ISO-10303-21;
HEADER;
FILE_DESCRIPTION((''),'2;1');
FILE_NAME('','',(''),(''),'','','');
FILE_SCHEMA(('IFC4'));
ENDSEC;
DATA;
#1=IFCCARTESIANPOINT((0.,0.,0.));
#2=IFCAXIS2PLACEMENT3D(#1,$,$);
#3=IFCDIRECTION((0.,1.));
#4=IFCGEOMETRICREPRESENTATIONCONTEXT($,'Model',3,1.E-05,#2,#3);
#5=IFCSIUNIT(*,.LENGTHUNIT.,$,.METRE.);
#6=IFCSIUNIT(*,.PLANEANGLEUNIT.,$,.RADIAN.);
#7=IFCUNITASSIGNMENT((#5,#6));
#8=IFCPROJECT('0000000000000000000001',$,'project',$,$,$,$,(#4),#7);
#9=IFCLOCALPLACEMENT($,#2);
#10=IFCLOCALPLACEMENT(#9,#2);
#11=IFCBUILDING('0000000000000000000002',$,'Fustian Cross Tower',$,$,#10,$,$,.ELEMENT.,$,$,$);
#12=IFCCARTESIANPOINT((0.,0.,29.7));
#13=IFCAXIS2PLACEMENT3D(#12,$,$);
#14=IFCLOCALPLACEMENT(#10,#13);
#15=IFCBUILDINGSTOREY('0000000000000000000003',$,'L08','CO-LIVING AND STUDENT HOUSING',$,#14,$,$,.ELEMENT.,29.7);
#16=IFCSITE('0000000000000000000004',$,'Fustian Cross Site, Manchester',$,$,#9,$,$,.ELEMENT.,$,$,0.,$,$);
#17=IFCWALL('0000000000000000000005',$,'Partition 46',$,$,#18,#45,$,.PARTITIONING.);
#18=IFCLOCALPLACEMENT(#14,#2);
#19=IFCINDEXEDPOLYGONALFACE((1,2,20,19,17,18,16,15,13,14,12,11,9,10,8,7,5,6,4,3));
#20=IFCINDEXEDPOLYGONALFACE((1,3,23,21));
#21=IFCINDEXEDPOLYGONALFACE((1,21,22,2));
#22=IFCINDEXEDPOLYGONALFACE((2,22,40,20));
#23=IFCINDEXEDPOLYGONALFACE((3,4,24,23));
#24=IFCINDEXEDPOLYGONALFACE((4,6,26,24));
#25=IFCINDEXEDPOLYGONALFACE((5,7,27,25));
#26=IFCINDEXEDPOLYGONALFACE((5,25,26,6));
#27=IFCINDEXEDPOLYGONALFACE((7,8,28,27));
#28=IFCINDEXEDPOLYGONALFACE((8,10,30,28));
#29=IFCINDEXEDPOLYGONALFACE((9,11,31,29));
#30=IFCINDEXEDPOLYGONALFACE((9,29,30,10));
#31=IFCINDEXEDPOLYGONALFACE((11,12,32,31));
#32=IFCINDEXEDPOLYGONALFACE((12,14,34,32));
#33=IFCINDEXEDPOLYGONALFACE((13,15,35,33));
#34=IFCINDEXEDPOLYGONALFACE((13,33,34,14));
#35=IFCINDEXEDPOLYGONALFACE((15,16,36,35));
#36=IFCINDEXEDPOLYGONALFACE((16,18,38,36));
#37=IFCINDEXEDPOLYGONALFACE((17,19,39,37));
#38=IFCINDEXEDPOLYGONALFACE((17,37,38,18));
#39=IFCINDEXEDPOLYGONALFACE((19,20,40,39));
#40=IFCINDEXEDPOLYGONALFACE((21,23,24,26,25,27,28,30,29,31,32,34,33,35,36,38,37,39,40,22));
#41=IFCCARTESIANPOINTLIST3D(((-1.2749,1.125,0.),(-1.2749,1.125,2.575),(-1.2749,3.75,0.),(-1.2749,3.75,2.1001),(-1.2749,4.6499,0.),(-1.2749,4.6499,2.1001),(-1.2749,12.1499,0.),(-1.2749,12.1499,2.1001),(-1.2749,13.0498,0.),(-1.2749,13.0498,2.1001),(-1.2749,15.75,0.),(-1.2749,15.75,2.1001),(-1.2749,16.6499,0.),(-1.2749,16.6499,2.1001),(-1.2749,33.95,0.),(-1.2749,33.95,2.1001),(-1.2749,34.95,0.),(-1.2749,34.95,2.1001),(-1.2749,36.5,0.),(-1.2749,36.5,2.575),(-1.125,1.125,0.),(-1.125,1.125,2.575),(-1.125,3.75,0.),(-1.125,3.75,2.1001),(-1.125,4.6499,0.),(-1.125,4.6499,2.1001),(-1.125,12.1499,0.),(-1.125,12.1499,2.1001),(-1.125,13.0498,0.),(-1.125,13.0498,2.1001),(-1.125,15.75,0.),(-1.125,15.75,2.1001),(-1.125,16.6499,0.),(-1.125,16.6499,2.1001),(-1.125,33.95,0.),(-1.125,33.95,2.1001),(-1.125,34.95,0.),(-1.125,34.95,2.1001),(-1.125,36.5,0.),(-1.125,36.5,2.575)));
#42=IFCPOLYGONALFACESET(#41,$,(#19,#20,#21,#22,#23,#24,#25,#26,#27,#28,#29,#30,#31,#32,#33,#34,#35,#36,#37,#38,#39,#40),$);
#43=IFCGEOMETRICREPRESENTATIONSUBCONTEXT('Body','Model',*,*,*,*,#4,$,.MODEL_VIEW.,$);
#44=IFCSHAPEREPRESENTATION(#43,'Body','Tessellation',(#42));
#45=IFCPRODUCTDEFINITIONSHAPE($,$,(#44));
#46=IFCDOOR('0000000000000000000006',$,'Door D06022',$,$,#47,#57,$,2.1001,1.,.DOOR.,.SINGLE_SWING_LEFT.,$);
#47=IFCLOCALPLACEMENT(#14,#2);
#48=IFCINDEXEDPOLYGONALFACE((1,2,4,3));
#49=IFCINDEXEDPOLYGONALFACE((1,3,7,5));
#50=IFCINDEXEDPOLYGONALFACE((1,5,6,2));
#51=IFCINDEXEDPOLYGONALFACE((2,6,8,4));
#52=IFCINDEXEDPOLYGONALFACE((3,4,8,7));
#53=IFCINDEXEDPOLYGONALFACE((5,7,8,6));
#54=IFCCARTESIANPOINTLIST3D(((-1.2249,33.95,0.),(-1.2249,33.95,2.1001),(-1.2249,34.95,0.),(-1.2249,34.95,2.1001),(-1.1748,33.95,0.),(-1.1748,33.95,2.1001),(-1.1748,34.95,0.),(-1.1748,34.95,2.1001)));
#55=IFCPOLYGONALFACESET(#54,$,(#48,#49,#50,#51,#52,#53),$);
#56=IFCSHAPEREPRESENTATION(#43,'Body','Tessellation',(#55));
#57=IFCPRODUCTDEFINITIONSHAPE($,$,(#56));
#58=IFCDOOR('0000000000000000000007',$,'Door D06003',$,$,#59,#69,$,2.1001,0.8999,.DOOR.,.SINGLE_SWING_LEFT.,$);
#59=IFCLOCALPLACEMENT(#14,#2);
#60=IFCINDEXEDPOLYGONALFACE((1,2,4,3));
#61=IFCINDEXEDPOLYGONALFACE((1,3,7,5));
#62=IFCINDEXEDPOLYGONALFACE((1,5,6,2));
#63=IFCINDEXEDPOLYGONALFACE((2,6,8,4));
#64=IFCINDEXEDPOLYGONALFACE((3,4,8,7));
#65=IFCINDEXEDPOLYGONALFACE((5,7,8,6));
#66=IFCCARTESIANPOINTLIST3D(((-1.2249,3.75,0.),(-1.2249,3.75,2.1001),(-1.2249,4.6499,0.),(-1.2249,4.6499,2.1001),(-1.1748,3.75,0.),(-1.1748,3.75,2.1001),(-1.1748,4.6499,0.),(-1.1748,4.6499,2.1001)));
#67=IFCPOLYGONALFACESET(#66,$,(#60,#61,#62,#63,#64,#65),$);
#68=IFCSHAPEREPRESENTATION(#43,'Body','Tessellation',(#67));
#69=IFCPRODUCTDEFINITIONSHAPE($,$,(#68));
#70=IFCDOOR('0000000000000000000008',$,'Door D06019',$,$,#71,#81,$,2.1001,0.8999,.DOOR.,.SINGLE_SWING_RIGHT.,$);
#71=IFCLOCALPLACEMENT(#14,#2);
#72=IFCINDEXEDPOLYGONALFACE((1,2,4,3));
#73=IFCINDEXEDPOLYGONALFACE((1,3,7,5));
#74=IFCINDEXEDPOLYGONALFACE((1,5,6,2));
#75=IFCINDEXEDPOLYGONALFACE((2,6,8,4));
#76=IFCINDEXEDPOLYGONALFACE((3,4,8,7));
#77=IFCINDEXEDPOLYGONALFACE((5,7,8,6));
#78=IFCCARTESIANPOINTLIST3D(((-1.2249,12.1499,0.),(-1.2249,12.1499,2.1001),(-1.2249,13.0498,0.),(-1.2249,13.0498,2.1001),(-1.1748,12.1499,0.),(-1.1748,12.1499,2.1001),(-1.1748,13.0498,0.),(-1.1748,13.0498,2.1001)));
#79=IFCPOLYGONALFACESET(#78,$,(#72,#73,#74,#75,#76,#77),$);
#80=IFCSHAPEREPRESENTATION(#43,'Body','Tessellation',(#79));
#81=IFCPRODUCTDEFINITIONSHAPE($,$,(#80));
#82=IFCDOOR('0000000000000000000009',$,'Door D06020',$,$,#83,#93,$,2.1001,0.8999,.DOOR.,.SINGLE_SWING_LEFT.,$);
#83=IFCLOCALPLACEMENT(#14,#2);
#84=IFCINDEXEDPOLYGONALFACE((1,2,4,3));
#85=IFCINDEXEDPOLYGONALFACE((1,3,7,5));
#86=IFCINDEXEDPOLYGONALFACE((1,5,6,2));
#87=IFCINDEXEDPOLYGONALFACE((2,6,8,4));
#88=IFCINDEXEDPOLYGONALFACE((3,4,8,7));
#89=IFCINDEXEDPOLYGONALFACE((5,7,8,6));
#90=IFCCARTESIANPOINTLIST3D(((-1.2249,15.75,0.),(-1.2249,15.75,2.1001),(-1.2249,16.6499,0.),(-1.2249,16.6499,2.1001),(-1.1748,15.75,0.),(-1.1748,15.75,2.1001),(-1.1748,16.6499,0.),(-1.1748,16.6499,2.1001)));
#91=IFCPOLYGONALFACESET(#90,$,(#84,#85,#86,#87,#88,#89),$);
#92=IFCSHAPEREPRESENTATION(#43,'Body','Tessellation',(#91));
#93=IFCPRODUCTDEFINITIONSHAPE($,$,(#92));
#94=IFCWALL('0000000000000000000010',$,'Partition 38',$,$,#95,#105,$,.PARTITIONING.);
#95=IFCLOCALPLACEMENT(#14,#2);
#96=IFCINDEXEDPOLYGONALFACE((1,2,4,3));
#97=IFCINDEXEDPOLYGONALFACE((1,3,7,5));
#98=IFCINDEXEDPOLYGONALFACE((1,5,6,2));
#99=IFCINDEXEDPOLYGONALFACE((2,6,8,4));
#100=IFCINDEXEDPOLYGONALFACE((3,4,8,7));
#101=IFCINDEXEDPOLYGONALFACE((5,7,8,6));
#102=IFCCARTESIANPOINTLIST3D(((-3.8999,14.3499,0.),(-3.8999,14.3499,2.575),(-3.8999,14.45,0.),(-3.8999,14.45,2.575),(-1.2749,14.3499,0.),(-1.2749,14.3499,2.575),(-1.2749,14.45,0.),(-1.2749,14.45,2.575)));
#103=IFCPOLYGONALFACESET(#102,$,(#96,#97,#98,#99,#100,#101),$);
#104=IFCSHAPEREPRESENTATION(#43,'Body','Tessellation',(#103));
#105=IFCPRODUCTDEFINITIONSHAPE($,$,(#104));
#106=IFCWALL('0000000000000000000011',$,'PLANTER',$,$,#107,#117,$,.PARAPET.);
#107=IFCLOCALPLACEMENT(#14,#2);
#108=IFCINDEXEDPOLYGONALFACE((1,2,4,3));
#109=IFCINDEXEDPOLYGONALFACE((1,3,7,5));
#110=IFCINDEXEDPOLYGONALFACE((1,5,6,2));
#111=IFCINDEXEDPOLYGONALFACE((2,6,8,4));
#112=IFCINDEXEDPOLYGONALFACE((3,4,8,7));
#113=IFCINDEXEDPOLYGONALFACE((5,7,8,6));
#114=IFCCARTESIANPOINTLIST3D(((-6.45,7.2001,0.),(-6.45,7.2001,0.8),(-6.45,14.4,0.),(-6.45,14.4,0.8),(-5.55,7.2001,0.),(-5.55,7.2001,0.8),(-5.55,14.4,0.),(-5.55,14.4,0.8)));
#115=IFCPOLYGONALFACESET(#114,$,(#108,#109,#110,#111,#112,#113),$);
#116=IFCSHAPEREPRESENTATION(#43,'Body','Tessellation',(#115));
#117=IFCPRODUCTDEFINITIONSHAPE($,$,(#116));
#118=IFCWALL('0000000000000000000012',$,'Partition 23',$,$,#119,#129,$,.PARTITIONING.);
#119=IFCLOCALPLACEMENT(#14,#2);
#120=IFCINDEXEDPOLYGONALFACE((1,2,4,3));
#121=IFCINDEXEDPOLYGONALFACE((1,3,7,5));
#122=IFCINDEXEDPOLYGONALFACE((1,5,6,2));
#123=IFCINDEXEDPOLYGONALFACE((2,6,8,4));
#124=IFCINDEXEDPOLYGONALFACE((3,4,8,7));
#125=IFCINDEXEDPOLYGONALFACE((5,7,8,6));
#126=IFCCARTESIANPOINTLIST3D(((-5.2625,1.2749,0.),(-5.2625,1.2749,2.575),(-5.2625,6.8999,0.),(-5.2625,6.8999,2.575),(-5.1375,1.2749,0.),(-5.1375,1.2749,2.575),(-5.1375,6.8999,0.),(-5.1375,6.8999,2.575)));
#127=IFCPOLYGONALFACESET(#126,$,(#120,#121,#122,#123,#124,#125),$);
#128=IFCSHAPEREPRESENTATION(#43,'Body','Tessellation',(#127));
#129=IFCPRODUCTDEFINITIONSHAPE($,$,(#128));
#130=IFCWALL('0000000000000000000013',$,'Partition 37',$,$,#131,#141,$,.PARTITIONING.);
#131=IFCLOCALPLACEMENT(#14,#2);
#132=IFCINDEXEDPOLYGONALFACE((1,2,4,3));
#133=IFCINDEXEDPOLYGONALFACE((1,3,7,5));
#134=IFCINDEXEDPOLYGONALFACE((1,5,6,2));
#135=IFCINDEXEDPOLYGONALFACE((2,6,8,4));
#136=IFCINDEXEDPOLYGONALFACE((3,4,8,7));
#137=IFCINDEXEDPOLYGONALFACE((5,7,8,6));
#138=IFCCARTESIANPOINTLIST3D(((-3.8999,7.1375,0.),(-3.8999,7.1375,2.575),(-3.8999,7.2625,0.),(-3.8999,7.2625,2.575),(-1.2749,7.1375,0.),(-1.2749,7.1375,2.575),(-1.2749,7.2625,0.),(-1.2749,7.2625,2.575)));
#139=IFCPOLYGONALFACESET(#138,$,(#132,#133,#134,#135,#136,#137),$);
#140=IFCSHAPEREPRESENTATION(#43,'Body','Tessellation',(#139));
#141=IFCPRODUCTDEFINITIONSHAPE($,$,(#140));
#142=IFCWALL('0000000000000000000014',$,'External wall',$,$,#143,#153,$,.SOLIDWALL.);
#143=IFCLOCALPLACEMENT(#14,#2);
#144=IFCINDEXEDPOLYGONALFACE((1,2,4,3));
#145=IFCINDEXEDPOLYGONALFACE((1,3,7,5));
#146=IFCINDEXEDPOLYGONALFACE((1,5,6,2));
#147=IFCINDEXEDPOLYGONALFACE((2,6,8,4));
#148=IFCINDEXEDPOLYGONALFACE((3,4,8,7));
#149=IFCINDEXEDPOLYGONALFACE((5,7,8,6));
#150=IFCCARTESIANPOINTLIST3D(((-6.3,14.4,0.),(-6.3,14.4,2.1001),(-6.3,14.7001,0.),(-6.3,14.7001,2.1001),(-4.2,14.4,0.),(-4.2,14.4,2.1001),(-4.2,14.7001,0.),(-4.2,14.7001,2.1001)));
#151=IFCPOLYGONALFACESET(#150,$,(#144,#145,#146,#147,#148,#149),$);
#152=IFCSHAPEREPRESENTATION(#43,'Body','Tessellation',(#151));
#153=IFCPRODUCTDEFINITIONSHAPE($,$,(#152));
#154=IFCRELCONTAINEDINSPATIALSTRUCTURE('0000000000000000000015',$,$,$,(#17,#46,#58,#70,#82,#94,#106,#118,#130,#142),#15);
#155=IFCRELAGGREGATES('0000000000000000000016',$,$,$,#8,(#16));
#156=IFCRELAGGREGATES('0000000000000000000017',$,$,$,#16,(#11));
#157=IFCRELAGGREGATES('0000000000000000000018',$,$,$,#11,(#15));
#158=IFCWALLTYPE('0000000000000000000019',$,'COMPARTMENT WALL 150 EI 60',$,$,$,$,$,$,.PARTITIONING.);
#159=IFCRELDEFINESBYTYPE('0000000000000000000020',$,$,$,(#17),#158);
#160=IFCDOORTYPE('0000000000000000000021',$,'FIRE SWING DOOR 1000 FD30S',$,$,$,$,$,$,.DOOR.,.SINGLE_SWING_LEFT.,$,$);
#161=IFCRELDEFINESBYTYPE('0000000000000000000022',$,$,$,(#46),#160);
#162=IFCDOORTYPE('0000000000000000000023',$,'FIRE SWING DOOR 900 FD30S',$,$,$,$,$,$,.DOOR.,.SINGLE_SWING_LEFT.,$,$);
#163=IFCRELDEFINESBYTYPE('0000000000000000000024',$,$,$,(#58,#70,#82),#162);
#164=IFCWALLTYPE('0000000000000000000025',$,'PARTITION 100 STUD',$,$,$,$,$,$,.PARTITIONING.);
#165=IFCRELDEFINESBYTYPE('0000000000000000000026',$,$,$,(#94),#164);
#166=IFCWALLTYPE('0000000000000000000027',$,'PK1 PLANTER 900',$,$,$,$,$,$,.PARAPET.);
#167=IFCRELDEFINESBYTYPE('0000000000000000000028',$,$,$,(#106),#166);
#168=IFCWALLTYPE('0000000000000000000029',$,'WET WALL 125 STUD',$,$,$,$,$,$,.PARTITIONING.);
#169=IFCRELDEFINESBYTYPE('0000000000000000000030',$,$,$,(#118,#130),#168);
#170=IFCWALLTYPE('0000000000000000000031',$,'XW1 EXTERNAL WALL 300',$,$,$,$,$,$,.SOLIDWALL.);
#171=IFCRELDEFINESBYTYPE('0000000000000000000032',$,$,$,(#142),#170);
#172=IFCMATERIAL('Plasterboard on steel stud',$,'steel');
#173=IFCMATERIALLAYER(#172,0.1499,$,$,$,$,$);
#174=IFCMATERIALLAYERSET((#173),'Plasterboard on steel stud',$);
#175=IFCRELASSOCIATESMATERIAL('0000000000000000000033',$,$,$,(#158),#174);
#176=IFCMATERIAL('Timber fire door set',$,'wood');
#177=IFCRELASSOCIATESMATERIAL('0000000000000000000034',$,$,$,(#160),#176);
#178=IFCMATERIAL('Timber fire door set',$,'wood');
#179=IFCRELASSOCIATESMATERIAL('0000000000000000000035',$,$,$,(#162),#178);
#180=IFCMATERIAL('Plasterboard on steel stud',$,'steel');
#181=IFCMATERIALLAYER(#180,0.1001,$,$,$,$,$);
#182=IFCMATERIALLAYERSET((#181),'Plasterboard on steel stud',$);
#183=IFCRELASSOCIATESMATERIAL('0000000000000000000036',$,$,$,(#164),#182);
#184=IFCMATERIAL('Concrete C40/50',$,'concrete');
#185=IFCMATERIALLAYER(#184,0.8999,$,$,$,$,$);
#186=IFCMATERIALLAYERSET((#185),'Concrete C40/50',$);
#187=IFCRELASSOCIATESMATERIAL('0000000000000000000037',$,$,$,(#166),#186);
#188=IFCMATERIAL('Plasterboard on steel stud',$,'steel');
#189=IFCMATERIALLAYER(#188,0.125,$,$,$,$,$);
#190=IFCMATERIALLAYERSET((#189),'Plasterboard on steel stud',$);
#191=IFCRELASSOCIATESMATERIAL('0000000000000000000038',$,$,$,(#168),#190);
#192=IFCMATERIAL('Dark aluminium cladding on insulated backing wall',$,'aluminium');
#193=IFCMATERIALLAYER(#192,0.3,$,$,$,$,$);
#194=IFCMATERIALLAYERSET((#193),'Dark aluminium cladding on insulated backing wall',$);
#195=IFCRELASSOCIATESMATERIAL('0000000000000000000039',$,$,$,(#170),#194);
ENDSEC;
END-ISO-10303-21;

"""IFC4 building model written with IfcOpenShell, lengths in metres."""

from ifc_helpers import new_model, si_unit, direction, frame, frame_2d, origin, place, context, subcontext, project, spatial, rectangle, extrude, material, layer, layer_set, type_object, element, fill, save


model = new_model("IFC4")

# Units and contexts
model_context = context("Model", 3, precision=1e-05, world=origin(), true_north=direction((0.0, 1.0)))
body_context = subcontext(model_context, "Body", "Model", "MODEL_VIEW")
ifc_project = project(units=[si_unit("LENGTHUNIT", "METRE"), si_unit("PLANEANGLEUNIT", "RADIAN")], contexts=[model_context])

# Site, building, storey
site_placement = place(None, origin())
site = spatial("IfcSite", under=ifc_project, at=site_placement, Name="Fustian Cross Site, Manchester", CompositionType="ELEMENT", RefElevation=0.0)
building_placement = place(site_placement, origin())
building = spatial("IfcBuilding", under=site, at=building_placement, Name="Fustian Cross Tower", CompositionType="ELEMENT")
storey_placement = place(building_placement, frame((0.0, 0.0, 29.7)))
storey = spatial("IfcBuildingStorey", under=building, at=storey_placement, Name="L08", Description="CO-LIVING AND STUDENT HOUSING", CompositionType="ELEMENT", Elevation=29.7)

# Wall, openings, doors
ifc_material_1 = material(Name="Plasterboard on steel stud", Category="steel")
ifc_layer_1 = layer(ifc_material_1, 0.1499)
ifc_layer_set_1 = layer_set([ifc_layer_1], Name="Plasterboard on steel stud")
wall_type_1 = type_object("IfcWallType", Name="COMPARTMENT WALL 150 EI 60", PredefinedType="PARTITIONING", material=ifc_layer_set_1)
wall_1_placement = place(storey_placement, frame((-1.2, 1.125, 0.0), z_axis=(0.0, 0.0, 1.0), x_axis=(0.0, 1.0, 0.0)))
wall_1 = element("IfcWall", 1, at=wall_1_placement, inside=storey, type_object=wall_type_1, Name="Partition 46", PredefinedType="PARTITIONING", context=body_context, shape_type="SweptSolid", body=[
    extrude(rectangle(XDim=35.375, YDim=0.1499, at=frame_2d((17.6875, 0.0))), origin(), (0.0, 0.0, 1.0), 2.575),
])
opening_1_placement = place(wall_1_placement, frame((2.625, 0.0, 0.0)))
opening_1 = element("IfcOpeningElement", 2, at=opening_1_placement, cuts=wall_1, PredefinedType="OPENING", context=body_context, shape_type="SweptSolid", body=[
    extrude(rectangle(XDim=0.8999, YDim=2.1001, at=frame_2d((0.45, 1.05))), frame((0.0, 0.085, 0.0), z_axis=(0.0, -1.0, 0.0), x_axis=(1.0, 0.0, 0.0)), (0.0, 0.0, 1.0), 0.1699),
])
opening_2_placement = place(wall_1_placement, frame((11.0249, 0.0, 0.0)))
opening_2 = element("IfcOpeningElement", 3, at=opening_2_placement, cuts=wall_1, PredefinedType="OPENING", context=body_context, shape_type="SweptSolid", body=[
    extrude(rectangle(XDim=0.8999, YDim=2.1001, at=frame_2d((0.45, 1.05))), frame((0.0, 0.085, 0.0), z_axis=(0.0, -1.0, 0.0), x_axis=(1.0, 0.0, 0.0)), (0.0, 0.0, 1.0), 0.1699),
])
opening_3_placement = place(wall_1_placement, frame((14.625, 0.0, 0.0)))
opening_3 = element("IfcOpeningElement", 4, at=opening_3_placement, cuts=wall_1, PredefinedType="OPENING", context=body_context, shape_type="SweptSolid", body=[
    extrude(rectangle(XDim=0.8999, YDim=2.1001, at=frame_2d((0.45, 1.05))), frame((0.0, 0.085, 0.0), z_axis=(0.0, -1.0, 0.0), x_axis=(1.0, 0.0, 0.0)), (0.0, 0.0, 1.0), 0.1699),
])
opening_4_placement = place(wall_1_placement, frame((32.825, 0.0, 0.0)))
opening_4 = element("IfcOpeningElement", 5, at=opening_4_placement, cuts=wall_1, PredefinedType="OPENING", context=body_context, shape_type="SweptSolid", body=[
    extrude(rectangle(XDim=1.0, YDim=2.1001, at=frame_2d((0.5, 1.05))), frame((0.0, 0.085, 0.0), z_axis=(0.0, -1.0, 0.0), x_axis=(1.0, 0.0, 0.0)), (0.0, 0.0, 1.0), 0.1699),
])
ifc_material_2 = material(Name="Timber fire door set", Category="wood")
door_type_1 = type_object("IfcDoorType", Name="FIRE SWING DOOR 1000 FD30S", OperationType="SINGLE_SWING_LEFT", PredefinedType="DOOR", material=ifc_material_2)
door_1_placement = place(opening_4_placement, origin())
door_1 = element("IfcDoor", 6, at=door_1_placement, inside=storey, type_object=door_type_1, Name="Door D06022", OperationType="SINGLE_SWING_LEFT", OverallHeight=2.1001, OverallWidth=1.0, PredefinedType="DOOR", context=body_context, shape_type="SweptSolid", body=[
    extrude(rectangle(XDim=1.0, YDim=2.1001, at=frame_2d((0.5, 1.05))), frame((0.0, 0.0249, 0.0), z_axis=(0.0, -1.0, 0.0), x_axis=(1.0, 0.0, 0.0)), (0.0, 0.0, 1.0), 0.05),
])
fill(opening_4, door_1)
ifc_material_3 = material(Name="Timber fire door set", Category="wood")
door_type_2 = type_object("IfcDoorType", Name="FIRE SWING DOOR 900 FD30S", OperationType="SINGLE_SWING_LEFT", PredefinedType="DOOR", material=ifc_material_3)
door_2_placement = place(opening_1_placement, origin())
door_2 = element("IfcDoor", 7, at=door_2_placement, inside=storey, type_object=door_type_2, Name="Door D06003", OperationType="SINGLE_SWING_LEFT", OverallHeight=2.1001, OverallWidth=0.8999, PredefinedType="DOOR", context=body_context, shape_type="SweptSolid", body=[
    extrude(rectangle(XDim=0.8999, YDim=2.1001, at=frame_2d((0.45, 1.05))), frame((0.0, 0.0249, 0.0), z_axis=(0.0, -1.0, 0.0), x_axis=(1.0, 0.0, 0.0)), (0.0, 0.0, 1.0), 0.05),
])
fill(opening_1, door_2)
door_3_placement = place(opening_2_placement, origin())
door_3 = element("IfcDoor", 8, at=door_3_placement, inside=storey, type_object=door_type_2, Name="Door D06019", OperationType="SINGLE_SWING_RIGHT", OverallHeight=2.1001, OverallWidth=0.8999, PredefinedType="DOOR", context=body_context, shape_type="SweptSolid", body=[
    extrude(rectangle(XDim=0.8999, YDim=2.1001, at=frame_2d((0.45, 1.05))), frame((0.0, 0.0249, 0.0), z_axis=(0.0, -1.0, 0.0), x_axis=(1.0, 0.0, 0.0)), (0.0, 0.0, 1.0), 0.05),
])
fill(opening_2, door_3)
door_4_placement = place(opening_3_placement, origin())
door_4 = element("IfcDoor", 9, at=door_4_placement, inside=storey, type_object=door_type_2, Name="Door D06020", OperationType="SINGLE_SWING_LEFT", OverallHeight=2.1001, OverallWidth=0.8999, PredefinedType="DOOR", context=body_context, shape_type="SweptSolid", body=[
    extrude(rectangle(XDim=0.8999, YDim=2.1001, at=frame_2d((0.45, 1.05))), frame((0.0, 0.0249, 0.0), z_axis=(0.0, -1.0, 0.0), x_axis=(1.0, 0.0, 0.0)), (0.0, 0.0, 1.0), 0.05),
])
fill(opening_3, door_4)

# Walls
ifc_material_4 = material(Name="Plasterboard on steel stud", Category="steel")
ifc_layer_2 = layer(ifc_material_4, 0.1001)
ifc_layer_set_2 = layer_set([ifc_layer_2], Name="Plasterboard on steel stud")
wall_type_2 = type_object("IfcWallType", Name="PARTITION 100 STUD", PredefinedType="PARTITIONING", material=ifc_layer_set_2)
wall_2_placement = place(storey_placement, frame((-3.8999, 14.3999, 0.0), z_axis=(0.0, 0.0, 1.0), x_axis=(1.0, 0.0, 0.0)))
element("IfcWall", 10, at=wall_2_placement, inside=storey, type_object=wall_type_2, Name="Partition 38", PredefinedType="PARTITIONING", context=body_context, shape_type="SweptSolid", body=[
    extrude(rectangle(XDim=2.625, YDim=0.1001, at=frame_2d((1.3125, 0.0))), origin(), (0.0, 0.0, 1.0), 2.575),
])
ifc_material_5 = material(Name="Concrete C40/50", Category="concrete")
ifc_layer_3 = layer(ifc_material_5, 0.8999)
ifc_layer_set_3 = layer_set([ifc_layer_3], Name="Concrete C40/50")
wall_type_3 = type_object("IfcWallType", Name="PK1 PLANTER 900", PredefinedType="PARAPET", material=ifc_layer_set_3)
wall_3_placement = place(storey_placement, frame((-6.0, 7.2, 0.0), z_axis=(0.0, 0.0, 1.0), x_axis=(0.0, 1.0, 0.0)))
element("IfcWall", 11, at=wall_3_placement, inside=storey, type_object=wall_type_3, Name="PLANTER", PredefinedType="PARAPET", context=body_context, shape_type="SweptSolid", body=[
    extrude(rectangle(XDim=7.2, YDim=0.8999, at=frame_2d((3.6001, 0.0))), origin(), (0.0, 0.0, 1.0), 0.8),
])
ifc_material_6 = material(Name="Plasterboard on steel stud", Category="steel")
ifc_layer_4 = layer(ifc_material_6, 0.125)
ifc_layer_set_4 = layer_set([ifc_layer_4], Name="Plasterboard on steel stud")
wall_type_4 = type_object("IfcWallType", Name="WET WALL 125 STUD", PredefinedType="PARTITIONING", material=ifc_layer_set_4)
wall_4_placement = place(storey_placement, frame((-5.2, 1.2749, 0.0), z_axis=(0.0, 0.0, 1.0), x_axis=(0.0, 1.0, 0.0)))
element("IfcWall", 12, at=wall_4_placement, inside=storey, type_object=wall_type_4, Name="Partition 23", PredefinedType="PARTITIONING", context=body_context, shape_type="SweptSolid", body=[
    extrude(rectangle(XDim=5.625, YDim=0.125, at=frame_2d((2.8125, 0.0))), origin(), (0.0, 0.0, 1.0), 2.575),
])
wall_5_placement = place(storey_placement, frame((-3.8999, 7.2, 0.0), z_axis=(0.0, 0.0, 1.0), x_axis=(1.0, 0.0, 0.0)))
element("IfcWall", 13, at=wall_5_placement, inside=storey, type_object=wall_type_4, Name="Partition 37", PredefinedType="PARTITIONING", context=body_context, shape_type="SweptSolid", body=[
    extrude(rectangle(XDim=2.625, YDim=0.125, at=frame_2d((1.3125, 0.0))), origin(), (0.0, 0.0, 1.0), 2.575),
])
ifc_material_7 = material(Name="Dark aluminium cladding on insulated backing wall", Category="aluminium")
ifc_layer_5 = layer(ifc_material_7, 0.3)
ifc_layer_set_5 = layer_set([ifc_layer_5], Name="Dark aluminium cladding on insulated backing wall")
wall_type_5 = type_object("IfcWallType", Name="XW1 EXTERNAL WALL 300", PredefinedType="SOLIDWALL", material=ifc_layer_set_5)
wall_6_placement = place(storey_placement, frame((-6.3, 14.55, 0.0), z_axis=(0.0, 0.0, 1.0), x_axis=(1.0, 0.0, 0.0)))
element("IfcWall", 14, at=wall_6_placement, inside=storey, type_object=wall_type_5, Name="External wall", PredefinedType="SOLIDWALL", context=body_context, shape_type="SweptSolid", body=[
    extrude(rectangle(XDim=2.1001, YDim=0.3, at=frame_2d((1.05, 0.0))), origin(), (0.0, 0.0, 1.0), 2.1001),
])

save(model, "model.ifc")
